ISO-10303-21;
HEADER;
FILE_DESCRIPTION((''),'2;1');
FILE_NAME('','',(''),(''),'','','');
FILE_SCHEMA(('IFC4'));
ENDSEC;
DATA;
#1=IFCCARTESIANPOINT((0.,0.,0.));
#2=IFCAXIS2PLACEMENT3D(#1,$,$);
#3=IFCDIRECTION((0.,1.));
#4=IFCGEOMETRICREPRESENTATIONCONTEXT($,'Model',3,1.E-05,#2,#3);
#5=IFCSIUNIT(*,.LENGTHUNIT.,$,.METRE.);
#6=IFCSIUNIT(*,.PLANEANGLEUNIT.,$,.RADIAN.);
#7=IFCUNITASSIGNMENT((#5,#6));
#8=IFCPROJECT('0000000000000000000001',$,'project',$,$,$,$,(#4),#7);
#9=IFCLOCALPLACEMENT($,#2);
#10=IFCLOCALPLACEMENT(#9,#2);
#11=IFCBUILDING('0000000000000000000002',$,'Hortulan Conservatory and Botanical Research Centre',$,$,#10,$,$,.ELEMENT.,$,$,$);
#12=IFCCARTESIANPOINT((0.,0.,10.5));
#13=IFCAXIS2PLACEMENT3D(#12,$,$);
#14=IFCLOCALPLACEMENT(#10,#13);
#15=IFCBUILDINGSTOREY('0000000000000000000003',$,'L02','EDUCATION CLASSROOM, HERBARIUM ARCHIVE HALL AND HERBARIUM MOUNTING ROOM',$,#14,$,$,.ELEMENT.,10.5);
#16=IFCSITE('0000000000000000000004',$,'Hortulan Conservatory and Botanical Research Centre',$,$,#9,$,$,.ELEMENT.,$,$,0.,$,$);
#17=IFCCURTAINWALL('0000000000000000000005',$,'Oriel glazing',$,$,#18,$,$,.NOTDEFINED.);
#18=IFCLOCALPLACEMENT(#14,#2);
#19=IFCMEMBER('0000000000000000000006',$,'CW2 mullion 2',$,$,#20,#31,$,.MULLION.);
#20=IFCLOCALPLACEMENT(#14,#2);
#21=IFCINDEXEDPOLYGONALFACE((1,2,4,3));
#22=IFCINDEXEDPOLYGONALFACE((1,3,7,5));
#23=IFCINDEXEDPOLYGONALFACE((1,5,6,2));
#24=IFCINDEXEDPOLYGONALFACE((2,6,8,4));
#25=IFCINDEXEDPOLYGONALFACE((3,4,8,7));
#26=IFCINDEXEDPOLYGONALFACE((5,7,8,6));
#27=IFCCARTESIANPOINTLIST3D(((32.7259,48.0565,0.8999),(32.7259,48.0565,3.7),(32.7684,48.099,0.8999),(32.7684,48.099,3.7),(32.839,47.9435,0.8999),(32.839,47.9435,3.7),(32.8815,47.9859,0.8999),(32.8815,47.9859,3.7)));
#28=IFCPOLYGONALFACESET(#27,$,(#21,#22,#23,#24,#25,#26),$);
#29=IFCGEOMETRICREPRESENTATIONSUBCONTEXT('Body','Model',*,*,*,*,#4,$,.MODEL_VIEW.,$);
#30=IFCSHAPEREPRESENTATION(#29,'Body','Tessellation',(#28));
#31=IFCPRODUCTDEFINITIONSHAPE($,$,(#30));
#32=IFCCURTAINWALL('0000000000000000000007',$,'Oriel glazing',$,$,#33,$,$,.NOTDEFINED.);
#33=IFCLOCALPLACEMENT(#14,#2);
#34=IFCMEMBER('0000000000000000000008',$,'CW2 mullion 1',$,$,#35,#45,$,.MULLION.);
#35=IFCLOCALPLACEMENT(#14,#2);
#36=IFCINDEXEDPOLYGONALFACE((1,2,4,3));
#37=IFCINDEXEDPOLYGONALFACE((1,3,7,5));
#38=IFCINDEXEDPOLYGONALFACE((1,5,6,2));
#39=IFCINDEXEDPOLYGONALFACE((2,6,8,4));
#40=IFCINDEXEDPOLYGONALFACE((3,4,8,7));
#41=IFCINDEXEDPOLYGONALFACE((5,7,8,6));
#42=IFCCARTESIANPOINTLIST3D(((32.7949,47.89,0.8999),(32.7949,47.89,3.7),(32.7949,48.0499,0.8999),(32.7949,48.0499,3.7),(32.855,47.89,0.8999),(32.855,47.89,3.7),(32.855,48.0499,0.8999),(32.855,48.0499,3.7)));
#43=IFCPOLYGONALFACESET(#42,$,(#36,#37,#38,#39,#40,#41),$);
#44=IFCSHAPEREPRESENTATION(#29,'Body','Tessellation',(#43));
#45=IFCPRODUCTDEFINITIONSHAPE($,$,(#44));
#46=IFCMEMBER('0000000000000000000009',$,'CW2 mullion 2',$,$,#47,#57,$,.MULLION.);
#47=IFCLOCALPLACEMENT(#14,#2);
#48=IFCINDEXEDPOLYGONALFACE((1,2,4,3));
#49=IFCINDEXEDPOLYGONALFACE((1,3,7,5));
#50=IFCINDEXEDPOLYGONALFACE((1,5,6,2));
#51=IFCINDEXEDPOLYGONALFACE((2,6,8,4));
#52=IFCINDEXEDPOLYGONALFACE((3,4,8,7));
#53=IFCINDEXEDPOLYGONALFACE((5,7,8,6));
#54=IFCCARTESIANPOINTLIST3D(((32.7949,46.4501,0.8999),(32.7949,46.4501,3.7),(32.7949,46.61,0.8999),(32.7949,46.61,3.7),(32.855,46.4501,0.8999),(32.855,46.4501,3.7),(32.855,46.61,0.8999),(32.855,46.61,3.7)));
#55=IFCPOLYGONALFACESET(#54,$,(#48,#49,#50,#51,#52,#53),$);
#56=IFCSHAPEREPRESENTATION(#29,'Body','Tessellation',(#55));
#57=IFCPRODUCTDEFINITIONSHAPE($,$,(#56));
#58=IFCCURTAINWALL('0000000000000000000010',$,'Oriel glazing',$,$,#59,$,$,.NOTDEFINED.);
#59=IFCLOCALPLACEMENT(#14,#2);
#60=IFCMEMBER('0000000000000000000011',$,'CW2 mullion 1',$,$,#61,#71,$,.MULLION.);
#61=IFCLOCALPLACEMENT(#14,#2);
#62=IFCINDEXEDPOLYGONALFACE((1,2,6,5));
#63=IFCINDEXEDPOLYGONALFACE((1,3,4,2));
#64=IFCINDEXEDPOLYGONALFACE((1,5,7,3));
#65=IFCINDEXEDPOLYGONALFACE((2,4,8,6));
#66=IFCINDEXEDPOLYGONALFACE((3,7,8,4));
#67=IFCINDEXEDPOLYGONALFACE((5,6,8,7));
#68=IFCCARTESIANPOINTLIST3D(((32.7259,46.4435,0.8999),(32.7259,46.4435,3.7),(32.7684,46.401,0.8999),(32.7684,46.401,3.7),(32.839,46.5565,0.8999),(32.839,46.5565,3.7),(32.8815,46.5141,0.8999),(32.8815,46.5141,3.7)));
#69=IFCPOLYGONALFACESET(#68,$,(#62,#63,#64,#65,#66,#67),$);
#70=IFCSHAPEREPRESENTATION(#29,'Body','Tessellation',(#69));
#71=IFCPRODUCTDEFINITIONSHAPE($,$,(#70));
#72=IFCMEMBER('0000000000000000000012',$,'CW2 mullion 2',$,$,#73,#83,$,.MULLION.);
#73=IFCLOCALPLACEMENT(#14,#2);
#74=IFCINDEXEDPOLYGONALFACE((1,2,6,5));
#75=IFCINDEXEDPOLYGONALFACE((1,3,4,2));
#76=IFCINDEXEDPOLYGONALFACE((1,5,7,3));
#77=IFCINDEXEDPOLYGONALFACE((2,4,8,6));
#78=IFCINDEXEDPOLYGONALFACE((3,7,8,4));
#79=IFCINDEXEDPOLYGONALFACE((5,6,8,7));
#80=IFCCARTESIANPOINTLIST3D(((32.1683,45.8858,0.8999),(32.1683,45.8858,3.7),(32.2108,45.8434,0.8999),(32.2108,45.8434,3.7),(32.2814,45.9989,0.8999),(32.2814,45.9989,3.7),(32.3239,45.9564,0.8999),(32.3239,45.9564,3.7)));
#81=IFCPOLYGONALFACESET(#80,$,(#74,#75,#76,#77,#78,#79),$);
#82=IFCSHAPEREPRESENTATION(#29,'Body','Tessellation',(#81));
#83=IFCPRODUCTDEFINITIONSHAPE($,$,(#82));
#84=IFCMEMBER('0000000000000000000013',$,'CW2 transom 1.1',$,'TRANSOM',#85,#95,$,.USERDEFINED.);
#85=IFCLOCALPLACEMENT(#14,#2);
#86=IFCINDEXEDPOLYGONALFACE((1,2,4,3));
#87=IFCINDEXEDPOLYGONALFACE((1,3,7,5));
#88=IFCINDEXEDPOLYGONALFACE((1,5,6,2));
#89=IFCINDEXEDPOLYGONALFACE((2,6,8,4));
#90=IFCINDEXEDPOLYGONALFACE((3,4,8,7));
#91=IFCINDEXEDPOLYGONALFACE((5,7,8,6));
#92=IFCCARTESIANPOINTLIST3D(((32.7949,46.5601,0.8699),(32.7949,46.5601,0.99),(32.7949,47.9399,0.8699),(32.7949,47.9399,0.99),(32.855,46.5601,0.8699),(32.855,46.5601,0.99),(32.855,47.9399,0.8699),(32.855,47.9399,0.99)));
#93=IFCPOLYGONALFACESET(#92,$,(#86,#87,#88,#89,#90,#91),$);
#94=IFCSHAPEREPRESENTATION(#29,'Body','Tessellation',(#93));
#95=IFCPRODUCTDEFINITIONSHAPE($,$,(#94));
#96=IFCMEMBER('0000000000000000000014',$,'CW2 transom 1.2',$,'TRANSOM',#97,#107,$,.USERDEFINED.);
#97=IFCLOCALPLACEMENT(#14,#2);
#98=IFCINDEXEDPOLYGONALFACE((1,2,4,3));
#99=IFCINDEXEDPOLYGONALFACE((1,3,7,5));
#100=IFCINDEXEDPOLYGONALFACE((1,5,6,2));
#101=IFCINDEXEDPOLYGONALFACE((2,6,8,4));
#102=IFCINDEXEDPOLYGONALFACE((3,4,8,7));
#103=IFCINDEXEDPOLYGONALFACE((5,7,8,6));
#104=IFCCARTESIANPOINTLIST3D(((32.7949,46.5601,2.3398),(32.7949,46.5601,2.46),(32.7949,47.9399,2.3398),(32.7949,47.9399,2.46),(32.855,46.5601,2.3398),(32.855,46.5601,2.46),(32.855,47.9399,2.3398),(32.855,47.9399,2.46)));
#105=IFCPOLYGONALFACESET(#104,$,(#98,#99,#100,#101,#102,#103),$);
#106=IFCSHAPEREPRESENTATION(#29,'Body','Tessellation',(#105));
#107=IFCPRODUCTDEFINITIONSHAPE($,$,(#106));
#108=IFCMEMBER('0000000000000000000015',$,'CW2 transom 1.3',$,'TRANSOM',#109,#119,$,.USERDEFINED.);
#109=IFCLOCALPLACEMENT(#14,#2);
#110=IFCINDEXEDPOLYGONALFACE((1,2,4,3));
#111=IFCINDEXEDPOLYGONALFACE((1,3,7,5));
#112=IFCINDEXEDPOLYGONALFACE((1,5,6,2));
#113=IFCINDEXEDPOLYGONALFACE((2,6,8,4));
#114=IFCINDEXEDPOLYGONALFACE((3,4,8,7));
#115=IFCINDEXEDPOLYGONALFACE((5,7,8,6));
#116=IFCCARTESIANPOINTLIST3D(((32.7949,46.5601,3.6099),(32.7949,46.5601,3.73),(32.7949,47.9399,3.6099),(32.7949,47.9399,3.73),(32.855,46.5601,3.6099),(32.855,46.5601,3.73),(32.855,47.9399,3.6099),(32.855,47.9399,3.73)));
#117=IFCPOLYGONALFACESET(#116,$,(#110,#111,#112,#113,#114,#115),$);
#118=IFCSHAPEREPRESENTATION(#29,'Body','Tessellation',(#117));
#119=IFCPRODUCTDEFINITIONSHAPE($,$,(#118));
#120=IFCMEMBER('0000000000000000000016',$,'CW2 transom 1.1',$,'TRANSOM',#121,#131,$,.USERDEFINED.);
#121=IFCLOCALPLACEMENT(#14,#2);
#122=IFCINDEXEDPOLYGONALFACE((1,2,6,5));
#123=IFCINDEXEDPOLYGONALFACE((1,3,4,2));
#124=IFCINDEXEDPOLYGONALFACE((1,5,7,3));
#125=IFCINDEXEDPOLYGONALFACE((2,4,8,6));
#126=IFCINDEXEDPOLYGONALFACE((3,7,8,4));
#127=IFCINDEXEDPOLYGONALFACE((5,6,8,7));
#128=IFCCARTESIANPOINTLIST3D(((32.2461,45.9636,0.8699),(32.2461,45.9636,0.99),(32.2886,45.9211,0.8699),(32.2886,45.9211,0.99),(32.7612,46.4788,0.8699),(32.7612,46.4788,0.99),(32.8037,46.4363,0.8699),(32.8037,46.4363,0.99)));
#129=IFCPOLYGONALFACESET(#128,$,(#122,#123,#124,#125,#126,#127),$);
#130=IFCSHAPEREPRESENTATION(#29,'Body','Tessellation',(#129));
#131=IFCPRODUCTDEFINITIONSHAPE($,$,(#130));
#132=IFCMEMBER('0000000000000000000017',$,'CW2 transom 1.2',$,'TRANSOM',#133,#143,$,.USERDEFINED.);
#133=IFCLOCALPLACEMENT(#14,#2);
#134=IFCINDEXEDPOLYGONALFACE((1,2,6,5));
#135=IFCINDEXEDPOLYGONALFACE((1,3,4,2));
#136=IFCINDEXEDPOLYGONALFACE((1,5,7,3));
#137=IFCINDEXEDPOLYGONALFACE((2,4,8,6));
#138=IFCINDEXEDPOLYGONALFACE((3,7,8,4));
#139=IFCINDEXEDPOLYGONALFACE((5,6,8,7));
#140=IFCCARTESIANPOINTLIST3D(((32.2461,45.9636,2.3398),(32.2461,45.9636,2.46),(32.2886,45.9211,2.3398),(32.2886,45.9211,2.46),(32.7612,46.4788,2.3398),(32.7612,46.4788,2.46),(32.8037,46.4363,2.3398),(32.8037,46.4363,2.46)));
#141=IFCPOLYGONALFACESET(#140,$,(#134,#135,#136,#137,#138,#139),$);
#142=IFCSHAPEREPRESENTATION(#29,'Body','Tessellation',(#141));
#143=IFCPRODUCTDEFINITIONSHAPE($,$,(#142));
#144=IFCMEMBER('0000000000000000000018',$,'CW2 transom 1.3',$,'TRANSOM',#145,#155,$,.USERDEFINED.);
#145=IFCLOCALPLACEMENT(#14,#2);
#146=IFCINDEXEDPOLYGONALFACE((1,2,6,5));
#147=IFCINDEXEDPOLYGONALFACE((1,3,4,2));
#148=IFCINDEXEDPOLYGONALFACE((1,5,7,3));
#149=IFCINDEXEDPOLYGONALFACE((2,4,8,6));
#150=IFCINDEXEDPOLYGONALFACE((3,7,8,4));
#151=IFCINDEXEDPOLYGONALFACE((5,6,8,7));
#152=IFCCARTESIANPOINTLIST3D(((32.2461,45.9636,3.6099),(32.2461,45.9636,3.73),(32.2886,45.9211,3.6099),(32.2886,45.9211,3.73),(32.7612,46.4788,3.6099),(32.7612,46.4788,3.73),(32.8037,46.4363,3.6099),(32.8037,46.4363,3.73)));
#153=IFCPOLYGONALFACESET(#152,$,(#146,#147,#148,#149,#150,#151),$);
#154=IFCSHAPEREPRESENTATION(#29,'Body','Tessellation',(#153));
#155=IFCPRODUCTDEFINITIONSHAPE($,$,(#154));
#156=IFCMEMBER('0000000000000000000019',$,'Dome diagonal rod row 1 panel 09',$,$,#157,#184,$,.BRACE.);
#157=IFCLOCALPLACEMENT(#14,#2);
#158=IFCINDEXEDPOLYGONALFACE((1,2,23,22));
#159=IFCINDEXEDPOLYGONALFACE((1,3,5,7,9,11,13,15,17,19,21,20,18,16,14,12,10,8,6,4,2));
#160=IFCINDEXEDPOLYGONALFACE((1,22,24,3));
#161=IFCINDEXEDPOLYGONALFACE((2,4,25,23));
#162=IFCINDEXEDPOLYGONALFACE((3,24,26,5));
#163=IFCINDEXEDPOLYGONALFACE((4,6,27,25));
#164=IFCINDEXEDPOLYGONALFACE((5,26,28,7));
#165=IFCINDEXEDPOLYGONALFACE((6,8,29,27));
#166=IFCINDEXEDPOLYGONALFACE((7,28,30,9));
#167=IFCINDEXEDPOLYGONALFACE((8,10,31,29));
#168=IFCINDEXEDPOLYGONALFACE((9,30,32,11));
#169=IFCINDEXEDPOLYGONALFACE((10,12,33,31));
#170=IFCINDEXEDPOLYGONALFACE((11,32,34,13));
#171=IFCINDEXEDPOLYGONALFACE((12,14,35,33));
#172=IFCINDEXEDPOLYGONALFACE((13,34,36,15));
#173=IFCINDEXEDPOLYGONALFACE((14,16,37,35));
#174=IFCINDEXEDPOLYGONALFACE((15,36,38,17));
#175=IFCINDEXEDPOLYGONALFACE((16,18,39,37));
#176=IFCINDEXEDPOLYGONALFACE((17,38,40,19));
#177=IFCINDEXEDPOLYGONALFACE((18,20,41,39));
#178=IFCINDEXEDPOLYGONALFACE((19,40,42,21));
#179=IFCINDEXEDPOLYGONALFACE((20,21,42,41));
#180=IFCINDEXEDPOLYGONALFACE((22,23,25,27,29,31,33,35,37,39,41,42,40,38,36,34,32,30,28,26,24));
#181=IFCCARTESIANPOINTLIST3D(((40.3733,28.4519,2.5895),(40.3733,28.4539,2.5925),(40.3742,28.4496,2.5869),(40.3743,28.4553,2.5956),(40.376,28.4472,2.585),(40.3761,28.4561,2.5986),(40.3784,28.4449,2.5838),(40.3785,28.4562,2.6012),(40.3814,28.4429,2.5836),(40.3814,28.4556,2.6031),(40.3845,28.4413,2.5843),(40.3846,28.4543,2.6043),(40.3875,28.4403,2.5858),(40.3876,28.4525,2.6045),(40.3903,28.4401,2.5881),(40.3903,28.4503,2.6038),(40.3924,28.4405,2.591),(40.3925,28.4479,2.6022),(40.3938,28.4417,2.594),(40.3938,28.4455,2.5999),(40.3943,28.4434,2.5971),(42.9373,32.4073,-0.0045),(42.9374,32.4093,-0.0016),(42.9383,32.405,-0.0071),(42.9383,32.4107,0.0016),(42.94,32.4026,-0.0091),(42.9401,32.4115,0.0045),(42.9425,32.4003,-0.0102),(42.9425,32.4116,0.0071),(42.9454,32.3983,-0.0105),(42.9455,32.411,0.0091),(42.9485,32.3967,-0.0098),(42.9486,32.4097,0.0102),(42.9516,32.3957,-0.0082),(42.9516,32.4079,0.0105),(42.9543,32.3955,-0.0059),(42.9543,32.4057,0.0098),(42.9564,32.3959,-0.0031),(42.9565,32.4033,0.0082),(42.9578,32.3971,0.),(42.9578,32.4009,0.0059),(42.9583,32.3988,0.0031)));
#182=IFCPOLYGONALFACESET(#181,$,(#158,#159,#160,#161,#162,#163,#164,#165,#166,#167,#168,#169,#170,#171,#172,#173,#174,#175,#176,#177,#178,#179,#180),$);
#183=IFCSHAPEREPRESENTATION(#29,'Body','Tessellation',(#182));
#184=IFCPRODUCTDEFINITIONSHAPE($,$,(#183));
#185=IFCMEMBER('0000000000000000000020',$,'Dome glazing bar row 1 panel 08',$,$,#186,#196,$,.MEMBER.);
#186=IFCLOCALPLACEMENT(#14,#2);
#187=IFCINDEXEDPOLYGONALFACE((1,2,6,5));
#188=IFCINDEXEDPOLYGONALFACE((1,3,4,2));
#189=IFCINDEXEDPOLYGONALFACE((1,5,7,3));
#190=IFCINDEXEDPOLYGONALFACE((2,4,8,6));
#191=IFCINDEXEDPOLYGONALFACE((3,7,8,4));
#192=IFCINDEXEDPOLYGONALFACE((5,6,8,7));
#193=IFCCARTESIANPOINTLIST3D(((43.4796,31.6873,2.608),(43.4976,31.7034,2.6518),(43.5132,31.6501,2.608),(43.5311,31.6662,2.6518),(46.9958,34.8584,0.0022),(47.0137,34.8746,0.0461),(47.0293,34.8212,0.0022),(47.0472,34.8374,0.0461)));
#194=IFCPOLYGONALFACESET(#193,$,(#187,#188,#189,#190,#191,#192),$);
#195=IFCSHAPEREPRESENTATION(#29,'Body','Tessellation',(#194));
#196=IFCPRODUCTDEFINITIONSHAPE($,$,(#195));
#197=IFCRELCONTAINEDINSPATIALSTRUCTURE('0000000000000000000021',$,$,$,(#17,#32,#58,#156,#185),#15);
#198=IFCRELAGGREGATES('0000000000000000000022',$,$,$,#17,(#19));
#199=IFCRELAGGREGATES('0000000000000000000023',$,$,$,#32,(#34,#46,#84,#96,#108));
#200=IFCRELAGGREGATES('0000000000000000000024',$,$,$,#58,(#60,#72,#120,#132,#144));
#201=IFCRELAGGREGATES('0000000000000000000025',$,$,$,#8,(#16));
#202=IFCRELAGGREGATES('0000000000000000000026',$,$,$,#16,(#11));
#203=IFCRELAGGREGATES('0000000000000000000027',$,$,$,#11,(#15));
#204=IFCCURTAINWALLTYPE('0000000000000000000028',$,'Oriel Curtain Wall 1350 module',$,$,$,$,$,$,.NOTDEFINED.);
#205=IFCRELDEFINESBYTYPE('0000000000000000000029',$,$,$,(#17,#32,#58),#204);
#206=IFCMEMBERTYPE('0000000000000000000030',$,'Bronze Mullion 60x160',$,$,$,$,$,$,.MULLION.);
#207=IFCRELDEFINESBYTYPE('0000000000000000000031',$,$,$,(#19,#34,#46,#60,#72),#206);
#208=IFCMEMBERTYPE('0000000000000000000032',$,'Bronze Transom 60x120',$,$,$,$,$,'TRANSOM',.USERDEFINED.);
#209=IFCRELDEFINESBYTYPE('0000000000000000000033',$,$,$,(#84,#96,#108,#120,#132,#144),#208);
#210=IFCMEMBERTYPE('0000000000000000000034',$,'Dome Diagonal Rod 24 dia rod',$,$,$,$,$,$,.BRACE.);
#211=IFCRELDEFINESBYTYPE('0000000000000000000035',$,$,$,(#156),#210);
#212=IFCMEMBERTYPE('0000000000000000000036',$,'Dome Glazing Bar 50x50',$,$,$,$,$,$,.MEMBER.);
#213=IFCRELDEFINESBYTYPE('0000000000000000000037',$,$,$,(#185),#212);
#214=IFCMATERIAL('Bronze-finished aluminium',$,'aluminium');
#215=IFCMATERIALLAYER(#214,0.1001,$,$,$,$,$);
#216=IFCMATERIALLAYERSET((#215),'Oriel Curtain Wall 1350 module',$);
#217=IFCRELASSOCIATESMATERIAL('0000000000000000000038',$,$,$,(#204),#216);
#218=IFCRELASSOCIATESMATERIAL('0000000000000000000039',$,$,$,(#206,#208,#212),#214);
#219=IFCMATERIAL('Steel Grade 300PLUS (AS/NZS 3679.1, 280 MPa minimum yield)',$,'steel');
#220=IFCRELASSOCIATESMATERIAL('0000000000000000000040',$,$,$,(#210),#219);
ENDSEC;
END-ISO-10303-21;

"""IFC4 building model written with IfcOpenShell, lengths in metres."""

from ifc_helpers import new_model, si_unit, direction, frame, origin, origin_2d, place, context, subcontext, project, spatial, rectangle, circle, extrude, material, layer, layer_set, material_profile, profile_set, type_object, element, aggregate, save


model = new_model("IFC4")

# Units and contexts
model_context = context("Model", 3, precision=1e-05, world=origin(), true_north=direction((0.0, 1.0)))
body_context = subcontext(model_context, "Body", "Model", "MODEL_VIEW")
ifc_project = project(units=[si_unit("LENGTHUNIT", "METRE"), si_unit("PLANEANGLEUNIT", "RADIAN")], contexts=[model_context])

# Site, building, storey
site_placement = place(None, origin())
site = spatial("IfcSite", under=ifc_project, at=site_placement, Name="Hortulan Conservatory and Botanical Research Centre", CompositionType="ELEMENT", RefElevation=0.0)
building_placement = place(site_placement, origin())
building = spatial("IfcBuilding", under=site, at=building_placement, Name="Hortulan Conservatory and Botanical Research Centre", CompositionType="ELEMENT")
storey_placement = place(building_placement, frame((0.0, 0.0, 10.5)))
storey = spatial("IfcBuildingStorey", under=building, at=storey_placement, Name="L02", Description="EDUCATION CLASSROOM, HERBARIUM ARCHIVE HALL AND HERBARIUM MOUNTING ROOM", CompositionType="ELEMENT", Elevation=10.5)

# Curtain wall, member
ifc_material_1 = material(Name="Bronze-finished aluminium", Category="aluminium")
ifc_layer_1 = layer(ifc_material_1, 0.1001)
ifc_layer_set_1 = layer_set([ifc_layer_1], Name="Oriel Curtain Wall 1350 module")
curtain_wall_type = type_object("IfcCurtainWallType", Name="Oriel Curtain Wall 1350 module", PredefinedType="NOTDEFINED", material=ifc_layer_set_1)
curtain_wall_1_placement = place(storey_placement, origin())
curtain_wall_1 = element("IfcCurtainWall", 1, at=curtain_wall_1_placement, inside=storey, type_object=curtain_wall_type, Name="Oriel glazing", PredefinedType="NOTDEFINED")
ifc_material_profile_1 = material_profile(ifc_material_1, rectangle(XDim=0.0601, YDim=0.1599, at=origin_2d()), Name="Bronze Mullion 60x160")
ifc_profile_set_1 = profile_set([ifc_material_profile_1], Name="Bronze-finished aluminium")
member_type_1 = type_object("IfcMemberType", Name="Bronze Mullion 60x160", PredefinedType="MULLION", material=ifc_profile_set_1)
member_1_placement = place(storey_placement, frame((32.8037, 48.0212, 0.8999), z_axis=(0.0, 0.0, 1.0), x_axis=(0.707107, 0.707107, 0.0)))
member_1 = element("IfcMember", 2, at=member_1_placement, type_object=member_type_1, Name="CW2 mullion 2", PredefinedType="MULLION", context=body_context, shape_type="SweptSolid", body=[
    extrude(rectangle(XDim=0.0601, YDim=0.1599, at=origin_2d()), origin(), (0.0, 0.0, 1.0), 2.8),
])
aggregate(curtain_wall_1, [member_1])

# Curtain walls, members
curtain_wall_2_placement = place(storey_placement, origin())
curtain_wall_2 = element("IfcCurtainWall", 3, at=curtain_wall_2_placement, inside=storey, type_object=curtain_wall_type, Name="Oriel glazing", PredefinedType="NOTDEFINED")
member_2_placement = place(storey_placement, frame((32.825, 47.97, 0.8999), z_axis=(0.0, 0.0, 1.0), x_axis=(1.0, 0.0, 0.0)))
member_2 = element("IfcMember", 4, at=member_2_placement, type_object=member_type_1, Name="CW2 mullion 1", PredefinedType="MULLION", context=body_context, shape_type="SweptSolid", body=[
    extrude(rectangle(XDim=0.0601, YDim=0.1599, at=origin_2d()), origin(), (0.0, 0.0, 1.0), 2.8),
])
member_3_placement = place(storey_placement, frame((32.825, 46.53, 0.8999), z_axis=(0.0, 0.0, 1.0), x_axis=(1.0, 0.0, 0.0)))
member_3 = element("IfcMember", 5, at=member_3_placement, type_object=member_type_1, Name="CW2 mullion 2", PredefinedType="MULLION", context=body_context, shape_type="SweptSolid", body=[
    extrude(rectangle(XDim=0.0601, YDim=0.1599, at=origin_2d()), origin(), (0.0, 0.0, 1.0), 2.8),
])
curtain_wall_3_placement = place(storey_placement, origin())
curtain_wall_3 = element("IfcCurtainWall", 6, at=curtain_wall_3_placement, inside=storey, type_object=curtain_wall_type, Name="Oriel glazing", PredefinedType="NOTDEFINED")
member_4_placement = place(storey_placement, frame((32.8037, 46.4788, 0.8999), z_axis=(0.0, 0.0, 1.0), x_axis=(0.707107, -0.707107, 0.0)))
member_4 = element("IfcMember", 7, at=member_4_placement, type_object=member_type_1, Name="CW2 mullion 1", PredefinedType="MULLION", context=body_context, shape_type="SweptSolid", body=[
    extrude(rectangle(XDim=0.0601, YDim=0.1599, at=origin_2d()), origin(), (0.0, 0.0, 1.0), 2.8),
])
member_5_placement = place(storey_placement, frame((32.2461, 45.9211, 0.8999), z_axis=(0.0, 0.0, 1.0), x_axis=(0.707107, -0.707107, 0.0)))
member_5 = element("IfcMember", 8, at=member_5_placement, type_object=member_type_1, Name="CW2 mullion 2", PredefinedType="MULLION", context=body_context, shape_type="SweptSolid", body=[
    extrude(rectangle(XDim=0.0601, YDim=0.1599, at=origin_2d()), origin(), (0.0, 0.0, 1.0), 2.8),
])

# Members
ifc_material_profile_2 = material_profile(ifc_material_1, rectangle(XDim=0.0601, YDim=0.1201, at=origin_2d()), Name="Bronze Transom 60x120")
ifc_profile_set_2 = profile_set([ifc_material_profile_2], Name="Bronze-finished aluminium")
member_type_2 = type_object("IfcMemberType", Name="Bronze Transom 60x120", ElementType="TRANSOM", PredefinedType="USERDEFINED", material=ifc_profile_set_2)
member_6_placement = place(storey_placement, frame((32.825, 47.9399, 0.9299), z_axis=(0.0, -1.0, 0.0), x_axis=(1.0, 0.0, 0.0)))
member_6 = element("IfcMember", 9, at=member_6_placement, type_object=member_type_2, Name="CW2 transom 1.1", ObjectType="TRANSOM", PredefinedType="USERDEFINED", context=body_context, shape_type="SweptSolid", body=[
    extrude(rectangle(XDim=0.0601, YDim=0.1201, at=origin_2d()), origin(), (0.0, 0.0, 1.0), 1.3799),
])
member_7_placement = place(storey_placement, frame((32.825, 47.9399, 2.3999), z_axis=(0.0, -1.0, 0.0), x_axis=(1.0, 0.0, 0.0)))
member_7 = element("IfcMember", 10, at=member_7_placement, type_object=member_type_2, Name="CW2 transom 1.2", ObjectType="TRANSOM", PredefinedType="USERDEFINED", context=body_context, shape_type="SweptSolid", body=[
    extrude(rectangle(XDim=0.0601, YDim=0.1201, at=origin_2d()), origin(), (0.0, 0.0, 1.0), 1.3799),
])
member_8_placement = place(storey_placement, frame((32.825, 47.9399, 3.6699), z_axis=(0.0, -1.0, 0.0), x_axis=(1.0, 0.0, 0.0)))
member_8 = element("IfcMember", 11, at=member_8_placement, type_object=member_type_2, Name="CW2 transom 1.3", ObjectType="TRANSOM", PredefinedType="USERDEFINED", context=body_context, shape_type="SweptSolid", body=[
    extrude(rectangle(XDim=0.0601, YDim=0.1201, at=origin_2d()), origin(), (0.0, 0.0, 1.0), 1.3799),
])
member_9_placement = place(storey_placement, frame((32.7825, 46.4575, 0.9299), z_axis=(-0.707107, -0.707107, 0.0), x_axis=(0.707107, -0.707107, 0.0)))
member_9 = element("IfcMember", 12, at=member_9_placement, type_object=member_type_2, Name="CW2 transom 1.1", ObjectType="TRANSOM", PredefinedType="USERDEFINED", context=body_context, shape_type="SweptSolid", body=[
    extrude(rectangle(XDim=0.0601, YDim=0.1201, at=origin_2d()), origin(), (0.0, 0.0, 1.0), 0.7285),
])
member_10_placement = place(storey_placement, frame((32.7825, 46.4575, 2.3999), z_axis=(-0.707107, -0.707107, 0.0), x_axis=(0.707107, -0.707107, 0.0)))
member_10 = element("IfcMember", 13, at=member_10_placement, type_object=member_type_2, Name="CW2 transom 1.2", ObjectType="TRANSOM", PredefinedType="USERDEFINED", context=body_context, shape_type="SweptSolid", body=[
    extrude(rectangle(XDim=0.0601, YDim=0.1201, at=origin_2d()), origin(), (0.0, 0.0, 1.0), 0.7285),
])
member_11_placement = place(storey_placement, frame((32.7825, 46.4575, 3.6699), z_axis=(-0.707107, -0.707107, 0.0), x_axis=(0.707107, -0.707107, 0.0)))
member_11 = element("IfcMember", 14, at=member_11_placement, type_object=member_type_2, Name="CW2 transom 1.3", ObjectType="TRANSOM", PredefinedType="USERDEFINED", context=body_context, shape_type="SweptSolid", body=[
    extrude(rectangle(XDim=0.0601, YDim=0.1201, at=origin_2d()), origin(), (0.0, 0.0, 1.0), 0.7285),
])

# Members
ifc_material_2 = material(Name="Steel Grade 300PLUS (AS/NZS 3679.1, 280 MPa minimum yield)", Category="steel")
ifc_material_profile_3 = material_profile(ifc_material_2, circle(Radius=0.012, at=origin_2d()), Name="24 dia rod")
ifc_profile_set_3 = profile_set([ifc_material_profile_3], Name="Steel Grade 300PLUS (AS/NZS 3679.1, 280 MPa minimum yield)")
member_type_3 = type_object("IfcMemberType", Name="Dome Diagonal Rod 24 dia rod", PredefinedType="BRACE", material=ifc_profile_set_3)
member_12_placement = place(storey_placement, frame((42.9478, 32.4036, 0.0), z_axis=(-0.47655, -0.735153, 0.482131), x_axis=(0.839121, -0.543945, 0.0)))
element("IfcMember", 15, at=member_12_placement, inside=storey, type_object=member_type_3, Name="Dome diagonal rod row 1 panel 09", PredefinedType="BRACE", context=body_context, shape_type="SweptSolid", body=[
    extrude(circle(Radius=0.012, at=origin_2d()), origin(), (0.0, 0.0, 1.0), 5.3804),
])
ifc_material_profile_4 = material_profile(ifc_material_1, rectangle(XDim=0.05, YDim=0.05, at=origin_2d()), Name="Square bar 50x50")
ifc_profile_set_4 = profile_set([ifc_material_profile_4], Name="Bronze-finished aluminium")
member_type_4 = type_object("IfcMemberType", Name="Dome Glazing Bar 50x50", PredefinedType="MEMBER", material=ifc_profile_set_4)
member_13_placement = place(storey_placement, frame((47.0215, 34.8479, 0.0242), z_axis=(-0.650586, -0.586756, 0.482135), x_axis=(0.669739, -0.742596, 0.0)))
element("IfcMember", 16, at=member_13_placement, inside=storey, type_object=member_type_4, Name="Dome glazing bar row 1 panel 08", PredefinedType="MEMBER", context=body_context, shape_type="SweptSolid", body=[
    extrude(rectangle(XDim=0.05, YDim=0.05, at=origin_2d()), origin(), (0.0, 0.0, 1.0), 5.4045),
])

aggregate(curtain_wall_2, [member_2, member_3, member_6, member_7, member_8])
aggregate(curtain_wall_3, [member_4, member_5, member_9, member_10, member_11])

save(model, "model.ifc")
